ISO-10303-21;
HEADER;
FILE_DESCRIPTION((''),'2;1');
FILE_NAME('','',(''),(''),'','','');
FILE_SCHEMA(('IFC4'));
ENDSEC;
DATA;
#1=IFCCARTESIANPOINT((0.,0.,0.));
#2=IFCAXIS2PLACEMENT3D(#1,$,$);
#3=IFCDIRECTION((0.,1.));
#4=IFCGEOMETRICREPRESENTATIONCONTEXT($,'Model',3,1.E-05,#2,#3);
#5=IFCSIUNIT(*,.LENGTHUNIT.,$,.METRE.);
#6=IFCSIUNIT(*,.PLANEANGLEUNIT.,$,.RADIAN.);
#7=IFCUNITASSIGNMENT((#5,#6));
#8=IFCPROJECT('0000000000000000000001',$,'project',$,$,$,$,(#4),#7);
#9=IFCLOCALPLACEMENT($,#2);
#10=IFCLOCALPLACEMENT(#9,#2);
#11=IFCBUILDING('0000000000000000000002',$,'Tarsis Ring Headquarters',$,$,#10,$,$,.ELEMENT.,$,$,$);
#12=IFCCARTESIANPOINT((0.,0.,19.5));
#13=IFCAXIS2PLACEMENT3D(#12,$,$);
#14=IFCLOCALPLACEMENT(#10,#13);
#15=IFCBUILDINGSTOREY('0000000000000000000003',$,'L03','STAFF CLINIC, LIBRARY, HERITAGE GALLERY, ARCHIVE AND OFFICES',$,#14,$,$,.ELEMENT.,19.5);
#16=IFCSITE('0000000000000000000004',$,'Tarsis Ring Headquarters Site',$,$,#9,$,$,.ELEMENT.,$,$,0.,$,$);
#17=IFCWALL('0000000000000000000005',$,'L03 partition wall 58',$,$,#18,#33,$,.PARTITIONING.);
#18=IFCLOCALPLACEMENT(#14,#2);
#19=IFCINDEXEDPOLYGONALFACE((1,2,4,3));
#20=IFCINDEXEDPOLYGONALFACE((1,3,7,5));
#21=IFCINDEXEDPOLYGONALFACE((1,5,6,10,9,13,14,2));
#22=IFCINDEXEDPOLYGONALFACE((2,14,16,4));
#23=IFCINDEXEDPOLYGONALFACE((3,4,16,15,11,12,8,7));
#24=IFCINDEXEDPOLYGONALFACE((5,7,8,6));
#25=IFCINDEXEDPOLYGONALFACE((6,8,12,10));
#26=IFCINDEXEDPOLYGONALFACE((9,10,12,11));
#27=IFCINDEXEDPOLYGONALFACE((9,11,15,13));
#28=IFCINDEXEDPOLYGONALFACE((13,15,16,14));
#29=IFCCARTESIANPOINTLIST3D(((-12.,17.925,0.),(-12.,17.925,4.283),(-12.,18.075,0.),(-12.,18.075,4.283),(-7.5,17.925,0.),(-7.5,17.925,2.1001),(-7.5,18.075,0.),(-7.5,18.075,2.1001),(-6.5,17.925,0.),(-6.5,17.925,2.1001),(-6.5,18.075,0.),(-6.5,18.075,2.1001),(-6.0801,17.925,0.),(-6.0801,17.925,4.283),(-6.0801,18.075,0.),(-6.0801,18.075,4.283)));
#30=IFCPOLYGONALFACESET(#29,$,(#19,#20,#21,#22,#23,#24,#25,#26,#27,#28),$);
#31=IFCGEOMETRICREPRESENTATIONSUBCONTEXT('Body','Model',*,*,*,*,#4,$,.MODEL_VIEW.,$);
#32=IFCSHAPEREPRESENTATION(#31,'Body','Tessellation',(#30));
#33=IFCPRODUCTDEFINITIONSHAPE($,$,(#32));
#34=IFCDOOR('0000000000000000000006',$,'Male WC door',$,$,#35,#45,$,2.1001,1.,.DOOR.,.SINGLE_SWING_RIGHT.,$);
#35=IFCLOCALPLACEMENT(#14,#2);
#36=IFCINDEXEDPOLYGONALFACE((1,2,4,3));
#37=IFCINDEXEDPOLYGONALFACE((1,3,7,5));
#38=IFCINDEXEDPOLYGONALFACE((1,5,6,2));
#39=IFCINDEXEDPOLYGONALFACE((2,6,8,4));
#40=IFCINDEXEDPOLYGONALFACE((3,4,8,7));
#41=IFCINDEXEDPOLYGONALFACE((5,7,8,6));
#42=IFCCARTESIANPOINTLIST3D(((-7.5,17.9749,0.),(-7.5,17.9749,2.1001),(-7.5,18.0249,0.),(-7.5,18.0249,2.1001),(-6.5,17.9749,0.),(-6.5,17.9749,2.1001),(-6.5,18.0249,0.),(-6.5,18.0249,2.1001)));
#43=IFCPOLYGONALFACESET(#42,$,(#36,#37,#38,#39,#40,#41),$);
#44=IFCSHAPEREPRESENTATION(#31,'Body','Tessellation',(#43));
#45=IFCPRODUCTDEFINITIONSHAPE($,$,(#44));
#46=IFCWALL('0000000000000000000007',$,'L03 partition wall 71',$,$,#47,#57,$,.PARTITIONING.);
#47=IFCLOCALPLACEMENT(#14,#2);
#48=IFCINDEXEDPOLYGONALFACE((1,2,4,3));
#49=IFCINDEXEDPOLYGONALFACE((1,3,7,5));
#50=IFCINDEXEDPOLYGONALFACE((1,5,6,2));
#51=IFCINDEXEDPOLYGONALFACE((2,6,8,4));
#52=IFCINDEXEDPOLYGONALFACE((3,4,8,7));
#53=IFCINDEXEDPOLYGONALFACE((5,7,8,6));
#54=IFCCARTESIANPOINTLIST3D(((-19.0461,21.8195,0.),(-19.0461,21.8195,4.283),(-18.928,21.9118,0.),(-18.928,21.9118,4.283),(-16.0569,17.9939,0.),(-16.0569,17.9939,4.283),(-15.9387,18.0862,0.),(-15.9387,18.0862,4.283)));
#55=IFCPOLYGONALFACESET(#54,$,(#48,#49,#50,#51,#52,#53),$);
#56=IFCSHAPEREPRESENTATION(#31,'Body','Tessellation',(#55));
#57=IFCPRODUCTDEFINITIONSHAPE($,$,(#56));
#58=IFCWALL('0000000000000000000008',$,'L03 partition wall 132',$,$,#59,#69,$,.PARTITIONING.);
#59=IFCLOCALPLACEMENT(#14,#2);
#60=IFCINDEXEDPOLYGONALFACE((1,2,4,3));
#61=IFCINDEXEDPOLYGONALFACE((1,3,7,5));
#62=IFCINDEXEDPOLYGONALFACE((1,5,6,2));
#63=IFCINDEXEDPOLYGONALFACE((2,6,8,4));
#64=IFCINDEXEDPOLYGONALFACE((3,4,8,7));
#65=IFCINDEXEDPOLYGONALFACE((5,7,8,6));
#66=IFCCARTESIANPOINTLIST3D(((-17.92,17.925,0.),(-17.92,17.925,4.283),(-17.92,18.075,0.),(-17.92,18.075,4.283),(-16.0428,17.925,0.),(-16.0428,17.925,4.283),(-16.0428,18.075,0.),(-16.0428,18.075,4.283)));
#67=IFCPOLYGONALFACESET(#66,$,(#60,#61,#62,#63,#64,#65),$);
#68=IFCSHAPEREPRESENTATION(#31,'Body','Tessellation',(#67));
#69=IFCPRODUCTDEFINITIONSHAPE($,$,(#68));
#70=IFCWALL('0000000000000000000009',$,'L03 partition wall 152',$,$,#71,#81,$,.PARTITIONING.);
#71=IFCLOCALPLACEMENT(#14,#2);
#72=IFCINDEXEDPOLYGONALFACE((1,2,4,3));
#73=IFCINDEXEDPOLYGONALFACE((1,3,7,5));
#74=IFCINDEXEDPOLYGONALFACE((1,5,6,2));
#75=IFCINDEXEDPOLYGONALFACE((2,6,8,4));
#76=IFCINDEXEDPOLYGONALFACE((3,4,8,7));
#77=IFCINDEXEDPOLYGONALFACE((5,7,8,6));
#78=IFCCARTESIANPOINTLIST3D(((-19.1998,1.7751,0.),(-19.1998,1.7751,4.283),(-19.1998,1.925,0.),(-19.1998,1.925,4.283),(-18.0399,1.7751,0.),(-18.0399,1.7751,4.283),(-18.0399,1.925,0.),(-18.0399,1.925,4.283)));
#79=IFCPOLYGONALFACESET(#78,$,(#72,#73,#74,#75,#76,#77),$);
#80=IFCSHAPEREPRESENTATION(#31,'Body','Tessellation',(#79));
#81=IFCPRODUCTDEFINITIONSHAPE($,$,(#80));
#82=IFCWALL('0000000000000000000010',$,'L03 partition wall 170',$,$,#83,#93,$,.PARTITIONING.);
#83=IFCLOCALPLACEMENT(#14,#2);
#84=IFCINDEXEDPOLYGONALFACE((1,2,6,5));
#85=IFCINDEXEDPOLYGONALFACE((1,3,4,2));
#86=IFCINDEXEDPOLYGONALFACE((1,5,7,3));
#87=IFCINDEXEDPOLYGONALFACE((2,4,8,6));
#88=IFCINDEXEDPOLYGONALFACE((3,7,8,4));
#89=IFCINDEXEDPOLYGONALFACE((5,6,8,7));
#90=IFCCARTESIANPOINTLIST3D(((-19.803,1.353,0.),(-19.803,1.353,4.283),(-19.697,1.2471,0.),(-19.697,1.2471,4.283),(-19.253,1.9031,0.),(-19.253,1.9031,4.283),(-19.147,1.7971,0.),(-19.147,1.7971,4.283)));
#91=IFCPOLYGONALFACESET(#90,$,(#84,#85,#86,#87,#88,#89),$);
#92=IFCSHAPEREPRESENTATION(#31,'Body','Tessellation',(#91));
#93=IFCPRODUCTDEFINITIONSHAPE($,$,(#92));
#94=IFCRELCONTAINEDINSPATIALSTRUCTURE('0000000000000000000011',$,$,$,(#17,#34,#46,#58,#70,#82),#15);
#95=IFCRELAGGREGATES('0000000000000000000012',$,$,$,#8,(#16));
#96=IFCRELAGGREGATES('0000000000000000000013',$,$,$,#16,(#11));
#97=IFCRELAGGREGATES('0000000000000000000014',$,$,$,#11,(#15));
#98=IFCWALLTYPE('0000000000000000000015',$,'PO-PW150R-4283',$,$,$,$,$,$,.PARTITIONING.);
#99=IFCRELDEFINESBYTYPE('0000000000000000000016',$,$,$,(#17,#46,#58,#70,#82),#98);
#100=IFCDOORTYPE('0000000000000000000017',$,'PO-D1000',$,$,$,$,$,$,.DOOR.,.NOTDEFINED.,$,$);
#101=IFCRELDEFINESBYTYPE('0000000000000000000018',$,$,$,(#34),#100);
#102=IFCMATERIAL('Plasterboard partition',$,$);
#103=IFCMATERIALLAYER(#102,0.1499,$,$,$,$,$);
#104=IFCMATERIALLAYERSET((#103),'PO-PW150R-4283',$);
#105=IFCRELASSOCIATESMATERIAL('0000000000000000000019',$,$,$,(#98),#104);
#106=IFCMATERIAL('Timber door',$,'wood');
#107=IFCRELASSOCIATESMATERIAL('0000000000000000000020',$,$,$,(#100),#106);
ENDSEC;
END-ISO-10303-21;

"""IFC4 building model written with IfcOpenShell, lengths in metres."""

from ifc_helpers import new_model, si_unit, direction, frame, frame_2d, origin, place, context, subcontext, project, spatial, rectangle, extrude, material, layer, layer_set, type_object, element, fill, save


model = new_model("IFC4")

# Units and contexts
model_context = context("Model", 3, precision=1e-05, world=origin(), true_north=direction((0.0, 1.0)))
body_context = subcontext(model_context, "Body", "Model", "MODEL_VIEW")
ifc_project = project(units=[si_unit("LENGTHUNIT", "METRE"), si_unit("PLANEANGLEUNIT", "RADIAN")], contexts=[model_context])

# Site, building, storey
site_placement = place(None, origin())
site = spatial("IfcSite", under=ifc_project, at=site_placement, Name="Tarsis Ring Headquarters Site", CompositionType="ELEMENT", RefElevation=0.0)
building_placement = place(site_placement, origin())
building = spatial("IfcBuilding", under=site, at=building_placement, Name="Tarsis Ring Headquarters", CompositionType="ELEMENT")
storey_placement = place(building_placement, frame((0.0, 0.0, 19.5)))
storey = spatial("IfcBuildingStorey", under=building, at=storey_placement, Name="L03", Description="STAFF CLINIC, LIBRARY, HERITAGE GALLERY, ARCHIVE AND OFFICES", CompositionType="ELEMENT", Elevation=19.5)

# Shared definitions
ifc_material_1 = material(Name="Plasterboard partition")

# Shared definitions
ifc_layer_1 = layer(ifc_material_1, 0.1499)
ifc_layer_set_1 = layer_set([ifc_layer_1], Name="PO-PW150R-4283")
wall_type_1 = type_object("IfcWallType", Name="PO-PW150R-4283", PredefinedType="PARTITIONING", material=ifc_layer_set_1)
ifc_material_2 = material(Name="Timber door", Category="wood")

# Wall, opening, door
wall_1_placement = place(storey_placement, frame((-12.0, 18.0, 0.0), z_axis=(0.0, 0.0, 1.0), x_axis=(1.0, 0.0, 0.0)))
wall_1 = element("IfcWall", 1, at=wall_1_placement, inside=storey, type_object=wall_type_1, Name="L03 partition wall 58", PredefinedType="PARTITIONING", context=body_context, shape_type="SweptSolid", body=[
    extrude(rectangle(XDim=5.9199, YDim=0.1499, at=frame_2d((2.96, 0.0))), origin(), (0.0, 0.0, 1.0), 4.283),
])
opening_1_placement = place(wall_1_placement, frame((4.5, 0.0, 0.0)))
opening_1 = element("IfcOpeningElement", 2, at=opening_1_placement, cuts=wall_1, PredefinedType="OPENING", context=body_context, shape_type="SweptSolid", body=[
    extrude(rectangle(XDim=1.0, YDim=2.1001, at=frame_2d((0.5, 1.05))), frame((0.0, 0.085, 0.0), z_axis=(0.0, -1.0, 0.0), x_axis=(1.0, 0.0, 0.0)), (0.0, 0.0, 1.0), 0.1699),
])
door_type_1 = type_object("IfcDoorType", Name="PO-D1000", OperationType="NOTDEFINED", PredefinedType="DOOR", material=ifc_material_2)
door_1_placement = place(opening_1_placement, origin())
door_1 = element("IfcDoor", 3, at=door_1_placement, inside=storey, type_object=door_type_1, Name="Male WC door", OperationType="SINGLE_SWING_RIGHT", OverallHeight=2.1001, OverallWidth=1.0, PredefinedType="DOOR", context=body_context, shape_type="SweptSolid", body=[
    extrude(rectangle(XDim=1.0, YDim=2.1001, at=frame_2d((0.5, 1.05))), frame((0.0, 0.0249, 0.0), z_axis=(0.0, -1.0, 0.0), x_axis=(1.0, 0.0, 0.0)), (0.0, 0.0, 1.0), 0.05),
])
fill(opening_1, door_1)

# Walls
wall_2_placement = place(storey_placement, frame((-15.9978, 18.04, 0.0), z_axis=(0.0, 0.0, 1.0), x_axis=(-0.615701, 0.78798, 0.0)))
element("IfcWall", 4, at=wall_2_placement, inside=storey, type_object=wall_type_1, Name="L03 partition wall 71", PredefinedType="PARTITIONING", context=body_context, shape_type="SweptSolid", body=[
    extrude(rectangle(XDim=4.855, YDim=0.1499, at=frame_2d((2.4275, 0.0))), origin(), (0.0, 0.0, 1.0), 4.283),
])
wall_3_placement = place(storey_placement, frame((-17.9199, 18.0, 0.0), z_axis=(0.0, 0.0, 1.0), x_axis=(1.0, 0.0, 0.0)))
element("IfcWall", 5, at=wall_3_placement, inside=storey, type_object=wall_type_1, Name="L03 partition wall 132", PredefinedType="PARTITIONING", context=body_context, shape_type="SweptSolid", body=[
    extrude(rectangle(XDim=1.8772, YDim=0.1499, at=frame_2d((0.9385, 0.0))), origin(), (0.0, 0.0, 1.0), 4.283),
])
wall_4_placement = place(storey_placement, frame((-19.2, 1.8501, 0.0), z_axis=(0.0, 0.0, 1.0), x_axis=(1.0, 0.0, 0.0)))
element("IfcWall", 6, at=wall_4_placement, inside=storey, type_object=wall_type_1, Name="L03 partition wall 152", PredefinedType="PARTITIONING", context=body_context, shape_type="SweptSolid", body=[
    extrude(rectangle(XDim=1.1599, YDim=0.1499, at=frame_2d((0.5801, 0.0))), origin(), (0.0, 0.0, 1.0), 4.283),
])
wall_5_placement = place(storey_placement, frame((-19.75, 1.3, 0.0), z_axis=(0.0, 0.0, 1.0), x_axis=(0.707107, 0.707107, 0.0)))
element("IfcWall", 7, at=wall_5_placement, inside=storey, type_object=wall_type_1, Name="L03 partition wall 170", PredefinedType="PARTITIONING", context=body_context, shape_type="SweptSolid", body=[
    extrude(rectangle(XDim=0.7778, YDim=0.1499, at=frame_2d((0.3889, 0.0))), origin(), (0.0, 0.0, 1.0), 4.283),
])

save(model, "model.ifc")
